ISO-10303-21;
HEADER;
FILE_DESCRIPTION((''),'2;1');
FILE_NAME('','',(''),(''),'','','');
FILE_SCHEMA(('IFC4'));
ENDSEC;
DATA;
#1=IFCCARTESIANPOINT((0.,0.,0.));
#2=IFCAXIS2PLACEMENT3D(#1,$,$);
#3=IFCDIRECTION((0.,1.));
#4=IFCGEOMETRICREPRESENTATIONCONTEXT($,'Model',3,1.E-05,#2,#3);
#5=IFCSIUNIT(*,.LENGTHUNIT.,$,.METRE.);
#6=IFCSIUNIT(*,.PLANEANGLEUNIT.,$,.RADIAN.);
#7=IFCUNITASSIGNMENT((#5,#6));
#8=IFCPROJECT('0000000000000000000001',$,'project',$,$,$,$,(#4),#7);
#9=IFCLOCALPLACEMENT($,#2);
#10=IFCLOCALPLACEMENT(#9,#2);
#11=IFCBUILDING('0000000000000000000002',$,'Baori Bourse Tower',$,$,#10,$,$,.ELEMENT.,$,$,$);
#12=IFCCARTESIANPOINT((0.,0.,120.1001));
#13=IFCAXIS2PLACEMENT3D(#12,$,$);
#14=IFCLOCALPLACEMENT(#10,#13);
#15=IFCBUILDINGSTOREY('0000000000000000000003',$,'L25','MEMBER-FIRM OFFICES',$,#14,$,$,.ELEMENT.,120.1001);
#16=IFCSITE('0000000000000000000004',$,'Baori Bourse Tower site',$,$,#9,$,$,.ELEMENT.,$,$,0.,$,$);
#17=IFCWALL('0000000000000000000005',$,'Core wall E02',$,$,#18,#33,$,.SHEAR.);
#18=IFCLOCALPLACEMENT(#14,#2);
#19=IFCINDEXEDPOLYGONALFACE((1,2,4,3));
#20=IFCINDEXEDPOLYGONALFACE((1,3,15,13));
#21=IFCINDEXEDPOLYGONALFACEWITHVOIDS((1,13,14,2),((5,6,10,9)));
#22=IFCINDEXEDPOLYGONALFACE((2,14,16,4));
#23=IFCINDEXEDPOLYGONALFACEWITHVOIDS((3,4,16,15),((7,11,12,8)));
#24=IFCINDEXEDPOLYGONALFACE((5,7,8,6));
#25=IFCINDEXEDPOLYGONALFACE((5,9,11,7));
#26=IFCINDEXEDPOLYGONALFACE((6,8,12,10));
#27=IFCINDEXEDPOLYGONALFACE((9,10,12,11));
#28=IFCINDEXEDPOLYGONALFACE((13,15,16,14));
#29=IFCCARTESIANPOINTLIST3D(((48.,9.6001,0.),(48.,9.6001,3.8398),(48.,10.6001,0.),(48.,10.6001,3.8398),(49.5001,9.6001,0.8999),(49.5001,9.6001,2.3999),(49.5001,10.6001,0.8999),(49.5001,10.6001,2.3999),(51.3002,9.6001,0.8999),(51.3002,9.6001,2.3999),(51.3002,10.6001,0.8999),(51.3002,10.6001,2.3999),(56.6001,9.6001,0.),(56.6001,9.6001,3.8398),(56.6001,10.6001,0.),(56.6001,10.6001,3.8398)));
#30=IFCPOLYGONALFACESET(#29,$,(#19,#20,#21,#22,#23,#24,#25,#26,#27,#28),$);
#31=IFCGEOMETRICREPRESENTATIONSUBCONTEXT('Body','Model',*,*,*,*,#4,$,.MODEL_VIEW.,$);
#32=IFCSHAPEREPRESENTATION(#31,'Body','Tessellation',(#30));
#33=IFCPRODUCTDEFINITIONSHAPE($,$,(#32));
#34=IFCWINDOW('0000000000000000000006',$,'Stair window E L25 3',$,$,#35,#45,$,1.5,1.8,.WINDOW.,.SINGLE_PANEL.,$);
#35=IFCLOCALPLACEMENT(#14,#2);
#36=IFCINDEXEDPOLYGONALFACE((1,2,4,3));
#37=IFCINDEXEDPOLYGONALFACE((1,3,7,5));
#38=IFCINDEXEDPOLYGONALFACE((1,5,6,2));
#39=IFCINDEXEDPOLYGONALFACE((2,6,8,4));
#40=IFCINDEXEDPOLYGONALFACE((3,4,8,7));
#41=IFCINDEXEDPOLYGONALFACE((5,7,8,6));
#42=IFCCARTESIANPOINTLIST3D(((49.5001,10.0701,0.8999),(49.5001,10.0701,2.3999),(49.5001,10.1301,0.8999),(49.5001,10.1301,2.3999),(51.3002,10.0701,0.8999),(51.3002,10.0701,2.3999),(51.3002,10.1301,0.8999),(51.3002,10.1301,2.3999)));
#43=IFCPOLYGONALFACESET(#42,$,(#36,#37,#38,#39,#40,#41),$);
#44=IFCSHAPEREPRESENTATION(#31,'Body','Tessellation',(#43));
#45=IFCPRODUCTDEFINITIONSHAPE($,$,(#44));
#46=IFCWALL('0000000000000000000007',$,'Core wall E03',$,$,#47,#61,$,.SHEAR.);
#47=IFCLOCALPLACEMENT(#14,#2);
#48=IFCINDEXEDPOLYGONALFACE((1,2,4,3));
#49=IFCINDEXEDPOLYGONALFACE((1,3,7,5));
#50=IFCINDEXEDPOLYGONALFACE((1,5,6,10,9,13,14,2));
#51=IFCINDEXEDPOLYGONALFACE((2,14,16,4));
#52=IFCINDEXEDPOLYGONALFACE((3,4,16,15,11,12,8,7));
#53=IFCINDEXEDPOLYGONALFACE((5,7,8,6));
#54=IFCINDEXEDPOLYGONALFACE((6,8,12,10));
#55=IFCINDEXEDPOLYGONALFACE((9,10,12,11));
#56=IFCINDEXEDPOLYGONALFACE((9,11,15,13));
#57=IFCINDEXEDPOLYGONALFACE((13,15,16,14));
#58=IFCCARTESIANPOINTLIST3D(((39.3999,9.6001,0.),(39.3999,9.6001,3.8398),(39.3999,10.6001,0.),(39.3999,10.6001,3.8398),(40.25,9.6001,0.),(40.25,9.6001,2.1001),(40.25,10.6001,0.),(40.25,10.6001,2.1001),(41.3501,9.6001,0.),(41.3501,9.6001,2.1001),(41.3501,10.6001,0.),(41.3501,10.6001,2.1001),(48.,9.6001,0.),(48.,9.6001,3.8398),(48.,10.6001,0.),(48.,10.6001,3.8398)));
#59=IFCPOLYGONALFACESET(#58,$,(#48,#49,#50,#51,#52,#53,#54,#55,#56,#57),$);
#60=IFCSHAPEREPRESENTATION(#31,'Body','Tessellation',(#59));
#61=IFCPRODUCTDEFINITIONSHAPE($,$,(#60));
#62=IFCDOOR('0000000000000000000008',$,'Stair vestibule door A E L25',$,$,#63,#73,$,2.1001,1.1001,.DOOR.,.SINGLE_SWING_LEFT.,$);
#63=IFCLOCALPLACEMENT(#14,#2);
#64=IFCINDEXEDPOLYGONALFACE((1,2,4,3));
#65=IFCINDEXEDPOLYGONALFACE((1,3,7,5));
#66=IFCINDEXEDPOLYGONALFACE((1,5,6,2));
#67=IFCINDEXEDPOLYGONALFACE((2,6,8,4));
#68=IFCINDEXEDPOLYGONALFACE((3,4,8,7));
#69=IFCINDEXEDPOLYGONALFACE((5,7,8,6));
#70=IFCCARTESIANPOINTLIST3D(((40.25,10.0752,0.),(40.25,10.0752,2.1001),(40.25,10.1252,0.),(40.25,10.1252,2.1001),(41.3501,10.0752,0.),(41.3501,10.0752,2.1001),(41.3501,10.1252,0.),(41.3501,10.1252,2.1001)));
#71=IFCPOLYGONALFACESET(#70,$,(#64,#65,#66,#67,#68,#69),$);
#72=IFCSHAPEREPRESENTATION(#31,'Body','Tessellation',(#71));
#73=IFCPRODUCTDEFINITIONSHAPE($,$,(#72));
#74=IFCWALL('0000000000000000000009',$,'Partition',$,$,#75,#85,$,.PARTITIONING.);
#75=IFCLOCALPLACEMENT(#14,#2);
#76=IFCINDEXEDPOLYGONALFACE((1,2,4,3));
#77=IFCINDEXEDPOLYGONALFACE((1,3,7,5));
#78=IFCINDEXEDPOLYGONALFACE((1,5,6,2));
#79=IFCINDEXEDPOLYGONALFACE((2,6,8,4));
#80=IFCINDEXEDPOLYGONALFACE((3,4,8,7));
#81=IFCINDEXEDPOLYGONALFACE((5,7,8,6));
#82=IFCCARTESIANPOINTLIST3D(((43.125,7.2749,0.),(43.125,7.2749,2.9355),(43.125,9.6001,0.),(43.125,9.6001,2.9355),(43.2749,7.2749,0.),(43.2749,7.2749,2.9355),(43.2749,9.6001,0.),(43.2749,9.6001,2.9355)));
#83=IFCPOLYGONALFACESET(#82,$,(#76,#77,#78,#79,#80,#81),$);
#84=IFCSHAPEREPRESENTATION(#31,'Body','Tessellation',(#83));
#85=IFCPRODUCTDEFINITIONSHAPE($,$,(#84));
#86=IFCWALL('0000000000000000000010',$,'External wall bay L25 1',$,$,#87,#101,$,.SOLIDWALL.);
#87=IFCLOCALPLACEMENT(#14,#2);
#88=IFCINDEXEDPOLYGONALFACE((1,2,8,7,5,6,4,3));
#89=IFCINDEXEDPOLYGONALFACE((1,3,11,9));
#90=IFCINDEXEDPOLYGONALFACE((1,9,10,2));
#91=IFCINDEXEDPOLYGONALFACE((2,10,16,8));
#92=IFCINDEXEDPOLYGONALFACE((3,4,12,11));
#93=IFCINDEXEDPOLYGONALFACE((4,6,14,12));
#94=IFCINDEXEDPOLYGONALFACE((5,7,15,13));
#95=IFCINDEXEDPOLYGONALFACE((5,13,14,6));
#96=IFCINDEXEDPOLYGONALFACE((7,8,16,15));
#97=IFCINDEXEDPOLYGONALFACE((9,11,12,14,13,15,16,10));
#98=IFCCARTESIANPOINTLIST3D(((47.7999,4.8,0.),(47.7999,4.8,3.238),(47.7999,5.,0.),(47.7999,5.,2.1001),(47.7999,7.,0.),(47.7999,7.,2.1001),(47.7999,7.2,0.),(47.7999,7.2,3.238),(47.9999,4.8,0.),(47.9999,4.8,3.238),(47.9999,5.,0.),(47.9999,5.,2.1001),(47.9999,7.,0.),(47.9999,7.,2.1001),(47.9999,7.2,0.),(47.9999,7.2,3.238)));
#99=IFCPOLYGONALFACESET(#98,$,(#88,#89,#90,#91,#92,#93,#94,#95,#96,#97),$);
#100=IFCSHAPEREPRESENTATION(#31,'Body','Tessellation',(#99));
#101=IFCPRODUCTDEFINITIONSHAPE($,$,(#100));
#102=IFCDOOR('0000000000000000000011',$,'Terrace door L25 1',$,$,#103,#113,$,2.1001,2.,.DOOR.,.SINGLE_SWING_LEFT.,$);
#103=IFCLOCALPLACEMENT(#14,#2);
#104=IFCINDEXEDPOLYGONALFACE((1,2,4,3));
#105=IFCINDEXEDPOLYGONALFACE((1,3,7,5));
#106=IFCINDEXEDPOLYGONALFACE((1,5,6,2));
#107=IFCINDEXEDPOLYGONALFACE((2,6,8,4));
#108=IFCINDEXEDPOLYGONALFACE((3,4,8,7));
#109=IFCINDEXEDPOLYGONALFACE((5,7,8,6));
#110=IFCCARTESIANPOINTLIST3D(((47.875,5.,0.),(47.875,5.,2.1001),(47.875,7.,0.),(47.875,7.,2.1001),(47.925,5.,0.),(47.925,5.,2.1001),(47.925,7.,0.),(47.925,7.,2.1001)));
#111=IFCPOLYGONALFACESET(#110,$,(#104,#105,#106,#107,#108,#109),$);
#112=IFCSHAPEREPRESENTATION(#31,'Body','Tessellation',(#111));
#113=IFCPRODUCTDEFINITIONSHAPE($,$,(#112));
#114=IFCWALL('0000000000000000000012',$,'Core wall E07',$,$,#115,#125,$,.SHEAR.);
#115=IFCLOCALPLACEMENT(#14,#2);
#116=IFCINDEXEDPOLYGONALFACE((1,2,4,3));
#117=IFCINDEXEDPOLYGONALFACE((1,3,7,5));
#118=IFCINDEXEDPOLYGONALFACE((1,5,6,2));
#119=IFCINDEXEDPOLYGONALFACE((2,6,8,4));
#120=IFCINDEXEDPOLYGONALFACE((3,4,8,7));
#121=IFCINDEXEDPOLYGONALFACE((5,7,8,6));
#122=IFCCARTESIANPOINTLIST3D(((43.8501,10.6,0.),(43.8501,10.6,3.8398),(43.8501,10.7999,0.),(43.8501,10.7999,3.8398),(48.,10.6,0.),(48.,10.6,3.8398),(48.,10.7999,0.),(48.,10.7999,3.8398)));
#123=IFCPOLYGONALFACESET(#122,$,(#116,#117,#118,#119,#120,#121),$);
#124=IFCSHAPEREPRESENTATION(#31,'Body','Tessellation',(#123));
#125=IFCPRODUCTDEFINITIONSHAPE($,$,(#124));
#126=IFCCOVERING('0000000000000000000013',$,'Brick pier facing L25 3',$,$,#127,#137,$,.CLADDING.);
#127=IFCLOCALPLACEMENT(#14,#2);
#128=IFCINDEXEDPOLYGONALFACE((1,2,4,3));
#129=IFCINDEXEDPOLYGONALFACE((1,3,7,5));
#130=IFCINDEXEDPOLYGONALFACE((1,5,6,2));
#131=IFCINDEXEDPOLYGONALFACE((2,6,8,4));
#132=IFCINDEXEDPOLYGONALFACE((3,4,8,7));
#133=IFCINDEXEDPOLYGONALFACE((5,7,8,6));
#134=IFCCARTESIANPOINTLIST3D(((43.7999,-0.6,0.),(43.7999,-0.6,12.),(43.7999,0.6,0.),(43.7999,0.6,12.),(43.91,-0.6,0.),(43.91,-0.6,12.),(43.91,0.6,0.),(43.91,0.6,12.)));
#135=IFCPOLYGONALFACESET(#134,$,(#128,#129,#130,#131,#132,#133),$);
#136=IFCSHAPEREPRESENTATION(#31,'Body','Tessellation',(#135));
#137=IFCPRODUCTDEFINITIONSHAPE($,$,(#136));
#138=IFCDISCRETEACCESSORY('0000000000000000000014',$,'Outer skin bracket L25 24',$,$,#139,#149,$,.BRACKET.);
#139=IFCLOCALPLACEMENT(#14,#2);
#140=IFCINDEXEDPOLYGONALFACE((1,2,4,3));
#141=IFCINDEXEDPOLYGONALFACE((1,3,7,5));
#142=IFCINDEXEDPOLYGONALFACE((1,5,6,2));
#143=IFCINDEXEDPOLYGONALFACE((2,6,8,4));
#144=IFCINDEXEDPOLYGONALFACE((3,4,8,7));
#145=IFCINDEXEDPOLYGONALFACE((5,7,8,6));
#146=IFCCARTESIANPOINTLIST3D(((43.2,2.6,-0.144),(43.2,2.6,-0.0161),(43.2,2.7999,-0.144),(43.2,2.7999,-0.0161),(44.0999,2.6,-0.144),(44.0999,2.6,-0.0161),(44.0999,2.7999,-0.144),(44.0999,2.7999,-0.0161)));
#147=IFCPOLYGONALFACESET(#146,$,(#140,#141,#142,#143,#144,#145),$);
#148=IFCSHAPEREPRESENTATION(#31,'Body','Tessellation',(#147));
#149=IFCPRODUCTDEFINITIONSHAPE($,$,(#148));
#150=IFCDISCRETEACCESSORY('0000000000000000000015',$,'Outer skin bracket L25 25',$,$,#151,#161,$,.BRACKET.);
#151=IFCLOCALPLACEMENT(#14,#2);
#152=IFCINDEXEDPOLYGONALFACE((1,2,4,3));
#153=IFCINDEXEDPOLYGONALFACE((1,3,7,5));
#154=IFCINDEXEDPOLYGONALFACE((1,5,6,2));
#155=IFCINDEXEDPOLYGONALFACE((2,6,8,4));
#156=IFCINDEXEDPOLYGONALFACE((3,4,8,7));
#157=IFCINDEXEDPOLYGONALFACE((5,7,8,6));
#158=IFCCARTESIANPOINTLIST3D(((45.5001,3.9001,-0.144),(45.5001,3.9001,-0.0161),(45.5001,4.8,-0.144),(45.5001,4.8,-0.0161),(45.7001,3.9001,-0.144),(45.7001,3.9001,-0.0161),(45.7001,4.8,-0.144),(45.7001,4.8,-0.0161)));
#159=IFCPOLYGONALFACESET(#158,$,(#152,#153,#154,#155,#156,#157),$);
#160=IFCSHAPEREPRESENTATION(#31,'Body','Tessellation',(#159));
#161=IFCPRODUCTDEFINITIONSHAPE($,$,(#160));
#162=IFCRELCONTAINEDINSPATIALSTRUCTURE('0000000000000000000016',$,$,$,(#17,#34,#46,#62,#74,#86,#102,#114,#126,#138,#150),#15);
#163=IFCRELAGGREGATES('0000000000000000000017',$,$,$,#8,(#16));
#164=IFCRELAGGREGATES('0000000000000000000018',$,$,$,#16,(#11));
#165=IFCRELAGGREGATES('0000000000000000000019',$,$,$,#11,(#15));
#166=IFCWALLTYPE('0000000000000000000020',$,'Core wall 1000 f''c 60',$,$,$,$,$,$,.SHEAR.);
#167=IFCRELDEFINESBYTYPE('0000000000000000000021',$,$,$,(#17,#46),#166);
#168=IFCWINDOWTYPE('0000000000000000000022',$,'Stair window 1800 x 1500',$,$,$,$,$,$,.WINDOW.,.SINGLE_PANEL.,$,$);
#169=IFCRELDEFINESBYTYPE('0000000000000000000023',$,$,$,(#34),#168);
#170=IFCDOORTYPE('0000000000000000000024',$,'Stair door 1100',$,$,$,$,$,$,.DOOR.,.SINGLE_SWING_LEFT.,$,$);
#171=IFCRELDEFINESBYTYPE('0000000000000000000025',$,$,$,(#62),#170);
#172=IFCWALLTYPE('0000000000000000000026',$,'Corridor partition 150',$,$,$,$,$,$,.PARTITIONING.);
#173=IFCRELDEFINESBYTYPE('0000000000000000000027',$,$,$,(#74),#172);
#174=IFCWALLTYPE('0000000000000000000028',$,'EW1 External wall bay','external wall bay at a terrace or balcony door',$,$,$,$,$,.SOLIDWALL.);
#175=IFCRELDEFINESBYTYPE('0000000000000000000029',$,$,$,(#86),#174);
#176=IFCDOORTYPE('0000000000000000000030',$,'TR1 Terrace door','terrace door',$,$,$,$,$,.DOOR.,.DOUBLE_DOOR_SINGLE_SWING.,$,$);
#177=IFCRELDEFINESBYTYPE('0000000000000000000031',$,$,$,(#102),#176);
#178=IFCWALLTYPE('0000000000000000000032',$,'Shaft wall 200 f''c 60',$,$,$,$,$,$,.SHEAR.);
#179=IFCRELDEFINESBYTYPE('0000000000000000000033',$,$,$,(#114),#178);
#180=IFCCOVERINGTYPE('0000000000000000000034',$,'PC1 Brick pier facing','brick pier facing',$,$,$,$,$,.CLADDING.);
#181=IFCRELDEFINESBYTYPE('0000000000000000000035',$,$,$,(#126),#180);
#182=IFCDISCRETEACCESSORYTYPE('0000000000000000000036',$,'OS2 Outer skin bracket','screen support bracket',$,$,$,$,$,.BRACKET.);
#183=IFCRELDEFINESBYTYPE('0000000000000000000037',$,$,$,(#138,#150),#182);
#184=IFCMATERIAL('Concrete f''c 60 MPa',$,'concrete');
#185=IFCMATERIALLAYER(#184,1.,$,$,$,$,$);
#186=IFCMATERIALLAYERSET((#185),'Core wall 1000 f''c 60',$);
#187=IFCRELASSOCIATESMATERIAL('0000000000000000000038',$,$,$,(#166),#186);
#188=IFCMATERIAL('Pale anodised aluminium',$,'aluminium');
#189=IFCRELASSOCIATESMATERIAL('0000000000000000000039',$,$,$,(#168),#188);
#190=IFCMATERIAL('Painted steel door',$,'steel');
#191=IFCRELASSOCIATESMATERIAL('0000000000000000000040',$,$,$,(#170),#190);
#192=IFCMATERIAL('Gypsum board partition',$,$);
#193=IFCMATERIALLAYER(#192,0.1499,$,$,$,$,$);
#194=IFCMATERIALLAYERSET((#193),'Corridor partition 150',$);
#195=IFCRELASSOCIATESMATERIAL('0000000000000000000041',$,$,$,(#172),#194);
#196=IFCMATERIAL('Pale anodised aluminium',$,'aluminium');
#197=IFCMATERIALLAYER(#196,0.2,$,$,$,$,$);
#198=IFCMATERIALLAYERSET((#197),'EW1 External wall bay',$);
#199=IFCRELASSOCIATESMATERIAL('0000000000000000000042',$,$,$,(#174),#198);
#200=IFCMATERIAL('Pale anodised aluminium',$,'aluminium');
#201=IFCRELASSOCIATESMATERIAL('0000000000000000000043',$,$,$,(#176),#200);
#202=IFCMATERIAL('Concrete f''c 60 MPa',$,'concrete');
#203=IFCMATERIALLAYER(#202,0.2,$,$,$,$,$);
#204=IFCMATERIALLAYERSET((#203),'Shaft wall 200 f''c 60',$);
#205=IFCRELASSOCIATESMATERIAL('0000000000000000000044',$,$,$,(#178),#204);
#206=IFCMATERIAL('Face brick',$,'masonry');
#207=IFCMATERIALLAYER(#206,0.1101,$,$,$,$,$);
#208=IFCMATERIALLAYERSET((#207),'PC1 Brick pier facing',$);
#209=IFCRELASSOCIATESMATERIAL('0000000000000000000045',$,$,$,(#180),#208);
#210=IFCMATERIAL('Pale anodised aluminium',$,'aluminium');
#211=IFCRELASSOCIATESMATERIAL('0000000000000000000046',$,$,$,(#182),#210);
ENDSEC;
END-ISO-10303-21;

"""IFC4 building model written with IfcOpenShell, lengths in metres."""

from ifc_helpers import new_model, si_unit, direction, frame, frame_2d, origin, origin_2d, place, context, subcontext, project, spatial, rectangle, extrude, material, layer, layer_set, type_object, element, fill, save


model = new_model("IFC4")

# Units and contexts
model_context = context("Model", 3, precision=1e-05, world=origin(), true_north=direction((0.0, 1.0)))
body_context = subcontext(model_context, "Body", "Model", "MODEL_VIEW")
ifc_project = project(units=[si_unit("LENGTHUNIT", "METRE"), si_unit("PLANEANGLEUNIT", "RADIAN")], contexts=[model_context])

# Site, building, storey
site_placement = place(None, origin())
site = spatial("IfcSite", under=ifc_project, at=site_placement, Name="Baori Bourse Tower site", CompositionType="ELEMENT", RefElevation=0.0)
building_placement = place(site_placement, origin())
building = spatial("IfcBuilding", under=site, at=building_placement, Name="Baori Bourse Tower", CompositionType="ELEMENT")
storey_placement = place(building_placement, frame((0.0, 0.0, 120.1001)))
storey = spatial("IfcBuildingStorey", under=building, at=storey_placement, Name="L25", Description="MEMBER-FIRM OFFICES", CompositionType="ELEMENT", Elevation=120.1001)

# Wall, opening, window
ifc_material_1 = material(Name="Concrete f'c 60 MPa", Category="concrete")
ifc_layer_1 = layer(ifc_material_1, 1.0)
ifc_layer_set_1 = layer_set([ifc_layer_1], Name="Core wall 1000 f'c 60")
wall_type_1 = type_object("IfcWallType", Name="Core wall 1000 f'c 60", PredefinedType="SHEAR", material=ifc_layer_set_1)
wall_1_placement = place(storey_placement, frame((56.6001, 10.1001, 0.0), z_axis=(0.0, 0.0, 1.0), x_axis=(-1.0, 0.0, 0.0)))
wall_1 = element("IfcWall", 1, at=wall_1_placement, inside=storey, type_object=wall_type_1, Name="Core wall E02", PredefinedType="SHEAR", context=body_context, shape_type="SweptSolid", body=[
    extrude(rectangle(XDim=8.6001, YDim=1.0, at=frame_2d((4.3, 0.0))), origin(), (0.0, 0.0, 1.0), 3.8398),
])
opening_1_placement = place(wall_1_placement, frame((5.3, 0.0, 0.8999)))
opening_1 = element("IfcOpeningElement", 2, at=opening_1_placement, cuts=wall_1, PredefinedType="OPENING", context=body_context, shape_type="SweptSolid", body=[
    extrude(rectangle(XDim=1.8, YDim=1.5, at=frame_2d((0.8999, 0.75))), frame((0.0, 0.51, 0.0), z_axis=(0.0, -1.0, 0.0), x_axis=(1.0, 0.0, 0.0)), (0.0, 0.0, 1.0), 1.02),
])
ifc_material_2 = material(Name="Pale anodised aluminium", Category="aluminium")
window_type = type_object("IfcWindowType", Name="Stair window 1800 x 1500", PartitioningType="SINGLE_PANEL", PredefinedType="WINDOW", material=ifc_material_2)
window_placement = place(opening_1_placement, origin())
window = element("IfcWindow", 3, at=window_placement, inside=storey, type_object=window_type, Name="Stair window E L25 3", OverallHeight=1.5, OverallWidth=1.8, PartitioningType="SINGLE_PANEL", PredefinedType="WINDOW", context=body_context, shape_type="SweptSolid", body=[
    extrude(rectangle(XDim=1.8, YDim=1.5, at=frame_2d((0.8999, 0.75))), frame((0.0, 0.03, 0.0), z_axis=(0.0, -1.0, 0.0), x_axis=(1.0, 0.0, 0.0)), (0.0, 0.0, 1.0), 0.0601),
])
fill(opening_1, window)

# Wall, opening, door
wall_2_placement = place(storey_placement, frame((48.0, 10.1001, 0.0), z_axis=(0.0, 0.0, 1.0), x_axis=(-1.0, 0.0, 0.0)))
wall_2 = element("IfcWall", 4, at=wall_2_placement, inside=storey, type_object=wall_type_1, Name="Core wall E03", PredefinedType="SHEAR", context=body_context, shape_type="SweptSolid", body=[
    extrude(rectangle(XDim=8.6001, YDim=1.0, at=frame_2d((4.3, 0.0))), origin(), (0.0, 0.0, 1.0), 3.8398),
])
opening_2_placement = place(wall_2_placement, frame((6.6499, 0.0, 0.0)))
opening_2 = element("IfcOpeningElement", 5, at=opening_2_placement, cuts=wall_2, PredefinedType="OPENING", context=body_context, shape_type="SweptSolid", body=[
    extrude(rectangle(XDim=1.1001, YDim=2.1001, at=frame_2d((0.55, 1.05))), frame((0.0, 0.51, 0.0), z_axis=(0.0, -1.0, 0.0), x_axis=(1.0, 0.0, 0.0)), (0.0, 0.0, 1.0), 1.02),
])
ifc_material_3 = material(Name="Painted steel door", Category="steel")
door_type_1 = type_object("IfcDoorType", Name="Stair door 1100", OperationType="SINGLE_SWING_LEFT", PredefinedType="DOOR", material=ifc_material_3)
door_1_placement = place(opening_2_placement, origin())
door_1 = element("IfcDoor", 6, at=door_1_placement, inside=storey, type_object=door_type_1, Name="Stair vestibule door A E L25", OperationType="SINGLE_SWING_LEFT", OverallHeight=2.1001, OverallWidth=1.1001, PredefinedType="DOOR", context=body_context, shape_type="SweptSolid", body=[
    extrude(rectangle(XDim=1.1001, YDim=2.1001, at=frame_2d((0.55, 1.05))), frame((0.0, 0.0249, 0.0), z_axis=(0.0, -1.0, 0.0), x_axis=(1.0, 0.0, 0.0)), (0.0, 0.0, 1.0), 0.05),
])
fill(opening_2, door_1)

# Wall
ifc_material_4 = material(Name="Gypsum board partition")
ifc_layer_2 = layer(ifc_material_4, 0.1499)
ifc_layer_set_2 = layer_set([ifc_layer_2], Name="Corridor partition 150")
wall_type_2 = type_object("IfcWallType", Name="Corridor partition 150", PredefinedType="PARTITIONING", material=ifc_layer_set_2)
wall_3_placement = place(storey_placement, frame((43.2, 7.2749, 0.0), z_axis=(0.0, 0.0, 1.0), x_axis=(0.0, 1.0, 0.0)))
element("IfcWall", 7, at=wall_3_placement, inside=storey, type_object=wall_type_2, Name="Partition", PredefinedType="PARTITIONING", context=body_context, shape_type="SweptSolid", body=[
    extrude(rectangle(XDim=2.3252, YDim=0.1499, at=frame_2d((1.1626, 0.0))), origin(), (0.0, 0.0, 1.0), 2.9355),
])

# Wall, opening, door
ifc_material_5 = material(Name="Pale anodised aluminium", Category="aluminium")
ifc_layer_3 = layer(ifc_material_5, 0.2)
ifc_layer_set_3 = layer_set([ifc_layer_3], Name="EW1 External wall bay")
wall_type_3 = type_object("IfcWallType", Name="EW1 External wall bay", Description="external wall bay at a terrace or balcony door", PredefinedType="SOLIDWALL", material=ifc_layer_set_3)
wall_4_placement = place(storey_placement, frame((47.8999, 4.8, 0.0), z_axis=(0.0, 0.0, 1.0), x_axis=(0.0, 1.0, 0.0)))
wall_4 = element("IfcWall", 8, at=wall_4_placement, inside=storey, type_object=wall_type_3, Name="External wall bay L25 1", PredefinedType="SOLIDWALL", context=body_context, shape_type="SweptSolid", body=[
    extrude(rectangle(XDim=2.3999, YDim=0.2, at=frame_2d((1.2, 0.0))), origin(), (0.0, 0.0, 1.0), 3.238),
])
opening_3_placement = place(wall_4_placement, frame((0.2, 0.0, 0.0)))
opening_3 = element("IfcOpeningElement", 9, at=opening_3_placement, cuts=wall_4, PredefinedType="OPENING", context=body_context, shape_type="SweptSolid", body=[
    extrude(rectangle(XDim=2.0, YDim=2.1001, at=frame_2d((1.0, 1.05))), frame((0.0, 0.1099, 0.0), z_axis=(0.0, -1.0, 0.0), x_axis=(1.0, 0.0, 0.0)), (0.0, 0.0, 1.0), 0.22),
])
ifc_material_6 = material(Name="Pale anodised aluminium", Category="aluminium")
door_type_2 = type_object("IfcDoorType", Name="TR1 Terrace door", Description="terrace door", OperationType="DOUBLE_DOOR_SINGLE_SWING", PredefinedType="DOOR", material=ifc_material_6)
door_2_placement = place(opening_3_placement, origin())
door_2 = element("IfcDoor", 10, at=door_2_placement, inside=storey, type_object=door_type_2, Name="Terrace door L25 1", OperationType="SINGLE_SWING_LEFT", OverallHeight=2.1001, OverallWidth=2.0, PredefinedType="DOOR", context=body_context, shape_type="SweptSolid", body=[
    extrude(rectangle(XDim=2.0, YDim=2.1001, at=frame_2d((1.0, 1.05))), frame((0.0, 0.0249, 0.0), z_axis=(0.0, -1.0, 0.0), x_axis=(1.0, 0.0, 0.0)), (0.0, 0.0, 1.0), 0.05),
])
fill(opening_3, door_2)

# Wall
ifc_material_7 = material(Name="Concrete f'c 60 MPa", Category="concrete")
ifc_layer_4 = layer(ifc_material_7, 0.2)
ifc_layer_set_4 = layer_set([ifc_layer_4], Name="Shaft wall 200 f'c 60")
wall_type_4 = type_object("IfcWallType", Name="Shaft wall 200 f'c 60", PredefinedType="SHEAR", material=ifc_layer_set_4)
wall_5_placement = place(storey_placement, frame((43.8501, 10.7, 0.0), z_axis=(0.0, 0.0, 1.0), x_axis=(1.0, 0.0, 0.0)))
element("IfcWall", 11, at=wall_5_placement, inside=storey, type_object=wall_type_4, Name="Core wall E07", PredefinedType="SHEAR", context=body_context, shape_type="SweptSolid", body=[
    extrude(rectangle(XDim=4.1499, YDim=0.2, at=frame_2d((2.075, 0.0))), origin(), (0.0, 0.0, 1.0), 3.8398),
])

# Covering
ifc_material_8 = material(Name="Face brick", Category="masonry")
ifc_layer_5 = layer(ifc_material_8, 0.1101)
ifc_layer_set_5 = layer_set([ifc_layer_5], Name="PC1 Brick pier facing")
covering_type = type_object("IfcCoveringType", Name="PC1 Brick pier facing", Description="brick pier facing", PredefinedType="CLADDING", material=ifc_layer_set_5)
covering_placement = place(storey_placement, frame((43.855, 0.0, 0.0), z_axis=(0.0, 0.0, 1.0), x_axis=(1.0, 0.0, 0.0)))
element("IfcCovering", 12, at=covering_placement, inside=storey, type_object=covering_type, Name="Brick pier facing L25 3", PredefinedType="CLADDING", context=body_context, shape_type="SweptSolid", body=[
    extrude(rectangle(XDim=0.1101, YDim=1.2, at=origin_2d()), origin(), (0.0, 0.0, 1.0), 12.0),
])

# Discrete accessories
ifc_material_9 = material(Name="Pale anodised aluminium", Category="aluminium")
discrete_accessory_type = type_object("IfcDiscreteAccessoryType", Name="OS2 Outer skin bracket", Description="screen support bracket", PredefinedType="BRACKET", material=ifc_material_9)
for number, where, z_axis, x_axis, name in (
    (13, (43.6499, 2.7, -0.144), (0.0, 0.0, 1.0), (0.0, 1.0, 0.0), "Outer skin bracket L25 24"),
    (14, (45.6001, 4.3501, -0.144), (0.0, 0.0, 1.0), (1.0, 0.0, 0.0), "Outer skin bracket L25 25"),
):
    element("IfcDiscreteAccessory", number, at=place(storey_placement, frame(where, z_axis=z_axis, x_axis=x_axis)), inside=storey, type_object=discrete_accessory_type, Name=name, PredefinedType="BRACKET", context=body_context, shape_type="SweptSolid", body=[
        extrude(rectangle(XDim=0.2, YDim=0.8999, at=origin_2d()), origin(), (0.0, 0.0, 1.0), 0.1279),
    ])

save(model, "model.ifc")
